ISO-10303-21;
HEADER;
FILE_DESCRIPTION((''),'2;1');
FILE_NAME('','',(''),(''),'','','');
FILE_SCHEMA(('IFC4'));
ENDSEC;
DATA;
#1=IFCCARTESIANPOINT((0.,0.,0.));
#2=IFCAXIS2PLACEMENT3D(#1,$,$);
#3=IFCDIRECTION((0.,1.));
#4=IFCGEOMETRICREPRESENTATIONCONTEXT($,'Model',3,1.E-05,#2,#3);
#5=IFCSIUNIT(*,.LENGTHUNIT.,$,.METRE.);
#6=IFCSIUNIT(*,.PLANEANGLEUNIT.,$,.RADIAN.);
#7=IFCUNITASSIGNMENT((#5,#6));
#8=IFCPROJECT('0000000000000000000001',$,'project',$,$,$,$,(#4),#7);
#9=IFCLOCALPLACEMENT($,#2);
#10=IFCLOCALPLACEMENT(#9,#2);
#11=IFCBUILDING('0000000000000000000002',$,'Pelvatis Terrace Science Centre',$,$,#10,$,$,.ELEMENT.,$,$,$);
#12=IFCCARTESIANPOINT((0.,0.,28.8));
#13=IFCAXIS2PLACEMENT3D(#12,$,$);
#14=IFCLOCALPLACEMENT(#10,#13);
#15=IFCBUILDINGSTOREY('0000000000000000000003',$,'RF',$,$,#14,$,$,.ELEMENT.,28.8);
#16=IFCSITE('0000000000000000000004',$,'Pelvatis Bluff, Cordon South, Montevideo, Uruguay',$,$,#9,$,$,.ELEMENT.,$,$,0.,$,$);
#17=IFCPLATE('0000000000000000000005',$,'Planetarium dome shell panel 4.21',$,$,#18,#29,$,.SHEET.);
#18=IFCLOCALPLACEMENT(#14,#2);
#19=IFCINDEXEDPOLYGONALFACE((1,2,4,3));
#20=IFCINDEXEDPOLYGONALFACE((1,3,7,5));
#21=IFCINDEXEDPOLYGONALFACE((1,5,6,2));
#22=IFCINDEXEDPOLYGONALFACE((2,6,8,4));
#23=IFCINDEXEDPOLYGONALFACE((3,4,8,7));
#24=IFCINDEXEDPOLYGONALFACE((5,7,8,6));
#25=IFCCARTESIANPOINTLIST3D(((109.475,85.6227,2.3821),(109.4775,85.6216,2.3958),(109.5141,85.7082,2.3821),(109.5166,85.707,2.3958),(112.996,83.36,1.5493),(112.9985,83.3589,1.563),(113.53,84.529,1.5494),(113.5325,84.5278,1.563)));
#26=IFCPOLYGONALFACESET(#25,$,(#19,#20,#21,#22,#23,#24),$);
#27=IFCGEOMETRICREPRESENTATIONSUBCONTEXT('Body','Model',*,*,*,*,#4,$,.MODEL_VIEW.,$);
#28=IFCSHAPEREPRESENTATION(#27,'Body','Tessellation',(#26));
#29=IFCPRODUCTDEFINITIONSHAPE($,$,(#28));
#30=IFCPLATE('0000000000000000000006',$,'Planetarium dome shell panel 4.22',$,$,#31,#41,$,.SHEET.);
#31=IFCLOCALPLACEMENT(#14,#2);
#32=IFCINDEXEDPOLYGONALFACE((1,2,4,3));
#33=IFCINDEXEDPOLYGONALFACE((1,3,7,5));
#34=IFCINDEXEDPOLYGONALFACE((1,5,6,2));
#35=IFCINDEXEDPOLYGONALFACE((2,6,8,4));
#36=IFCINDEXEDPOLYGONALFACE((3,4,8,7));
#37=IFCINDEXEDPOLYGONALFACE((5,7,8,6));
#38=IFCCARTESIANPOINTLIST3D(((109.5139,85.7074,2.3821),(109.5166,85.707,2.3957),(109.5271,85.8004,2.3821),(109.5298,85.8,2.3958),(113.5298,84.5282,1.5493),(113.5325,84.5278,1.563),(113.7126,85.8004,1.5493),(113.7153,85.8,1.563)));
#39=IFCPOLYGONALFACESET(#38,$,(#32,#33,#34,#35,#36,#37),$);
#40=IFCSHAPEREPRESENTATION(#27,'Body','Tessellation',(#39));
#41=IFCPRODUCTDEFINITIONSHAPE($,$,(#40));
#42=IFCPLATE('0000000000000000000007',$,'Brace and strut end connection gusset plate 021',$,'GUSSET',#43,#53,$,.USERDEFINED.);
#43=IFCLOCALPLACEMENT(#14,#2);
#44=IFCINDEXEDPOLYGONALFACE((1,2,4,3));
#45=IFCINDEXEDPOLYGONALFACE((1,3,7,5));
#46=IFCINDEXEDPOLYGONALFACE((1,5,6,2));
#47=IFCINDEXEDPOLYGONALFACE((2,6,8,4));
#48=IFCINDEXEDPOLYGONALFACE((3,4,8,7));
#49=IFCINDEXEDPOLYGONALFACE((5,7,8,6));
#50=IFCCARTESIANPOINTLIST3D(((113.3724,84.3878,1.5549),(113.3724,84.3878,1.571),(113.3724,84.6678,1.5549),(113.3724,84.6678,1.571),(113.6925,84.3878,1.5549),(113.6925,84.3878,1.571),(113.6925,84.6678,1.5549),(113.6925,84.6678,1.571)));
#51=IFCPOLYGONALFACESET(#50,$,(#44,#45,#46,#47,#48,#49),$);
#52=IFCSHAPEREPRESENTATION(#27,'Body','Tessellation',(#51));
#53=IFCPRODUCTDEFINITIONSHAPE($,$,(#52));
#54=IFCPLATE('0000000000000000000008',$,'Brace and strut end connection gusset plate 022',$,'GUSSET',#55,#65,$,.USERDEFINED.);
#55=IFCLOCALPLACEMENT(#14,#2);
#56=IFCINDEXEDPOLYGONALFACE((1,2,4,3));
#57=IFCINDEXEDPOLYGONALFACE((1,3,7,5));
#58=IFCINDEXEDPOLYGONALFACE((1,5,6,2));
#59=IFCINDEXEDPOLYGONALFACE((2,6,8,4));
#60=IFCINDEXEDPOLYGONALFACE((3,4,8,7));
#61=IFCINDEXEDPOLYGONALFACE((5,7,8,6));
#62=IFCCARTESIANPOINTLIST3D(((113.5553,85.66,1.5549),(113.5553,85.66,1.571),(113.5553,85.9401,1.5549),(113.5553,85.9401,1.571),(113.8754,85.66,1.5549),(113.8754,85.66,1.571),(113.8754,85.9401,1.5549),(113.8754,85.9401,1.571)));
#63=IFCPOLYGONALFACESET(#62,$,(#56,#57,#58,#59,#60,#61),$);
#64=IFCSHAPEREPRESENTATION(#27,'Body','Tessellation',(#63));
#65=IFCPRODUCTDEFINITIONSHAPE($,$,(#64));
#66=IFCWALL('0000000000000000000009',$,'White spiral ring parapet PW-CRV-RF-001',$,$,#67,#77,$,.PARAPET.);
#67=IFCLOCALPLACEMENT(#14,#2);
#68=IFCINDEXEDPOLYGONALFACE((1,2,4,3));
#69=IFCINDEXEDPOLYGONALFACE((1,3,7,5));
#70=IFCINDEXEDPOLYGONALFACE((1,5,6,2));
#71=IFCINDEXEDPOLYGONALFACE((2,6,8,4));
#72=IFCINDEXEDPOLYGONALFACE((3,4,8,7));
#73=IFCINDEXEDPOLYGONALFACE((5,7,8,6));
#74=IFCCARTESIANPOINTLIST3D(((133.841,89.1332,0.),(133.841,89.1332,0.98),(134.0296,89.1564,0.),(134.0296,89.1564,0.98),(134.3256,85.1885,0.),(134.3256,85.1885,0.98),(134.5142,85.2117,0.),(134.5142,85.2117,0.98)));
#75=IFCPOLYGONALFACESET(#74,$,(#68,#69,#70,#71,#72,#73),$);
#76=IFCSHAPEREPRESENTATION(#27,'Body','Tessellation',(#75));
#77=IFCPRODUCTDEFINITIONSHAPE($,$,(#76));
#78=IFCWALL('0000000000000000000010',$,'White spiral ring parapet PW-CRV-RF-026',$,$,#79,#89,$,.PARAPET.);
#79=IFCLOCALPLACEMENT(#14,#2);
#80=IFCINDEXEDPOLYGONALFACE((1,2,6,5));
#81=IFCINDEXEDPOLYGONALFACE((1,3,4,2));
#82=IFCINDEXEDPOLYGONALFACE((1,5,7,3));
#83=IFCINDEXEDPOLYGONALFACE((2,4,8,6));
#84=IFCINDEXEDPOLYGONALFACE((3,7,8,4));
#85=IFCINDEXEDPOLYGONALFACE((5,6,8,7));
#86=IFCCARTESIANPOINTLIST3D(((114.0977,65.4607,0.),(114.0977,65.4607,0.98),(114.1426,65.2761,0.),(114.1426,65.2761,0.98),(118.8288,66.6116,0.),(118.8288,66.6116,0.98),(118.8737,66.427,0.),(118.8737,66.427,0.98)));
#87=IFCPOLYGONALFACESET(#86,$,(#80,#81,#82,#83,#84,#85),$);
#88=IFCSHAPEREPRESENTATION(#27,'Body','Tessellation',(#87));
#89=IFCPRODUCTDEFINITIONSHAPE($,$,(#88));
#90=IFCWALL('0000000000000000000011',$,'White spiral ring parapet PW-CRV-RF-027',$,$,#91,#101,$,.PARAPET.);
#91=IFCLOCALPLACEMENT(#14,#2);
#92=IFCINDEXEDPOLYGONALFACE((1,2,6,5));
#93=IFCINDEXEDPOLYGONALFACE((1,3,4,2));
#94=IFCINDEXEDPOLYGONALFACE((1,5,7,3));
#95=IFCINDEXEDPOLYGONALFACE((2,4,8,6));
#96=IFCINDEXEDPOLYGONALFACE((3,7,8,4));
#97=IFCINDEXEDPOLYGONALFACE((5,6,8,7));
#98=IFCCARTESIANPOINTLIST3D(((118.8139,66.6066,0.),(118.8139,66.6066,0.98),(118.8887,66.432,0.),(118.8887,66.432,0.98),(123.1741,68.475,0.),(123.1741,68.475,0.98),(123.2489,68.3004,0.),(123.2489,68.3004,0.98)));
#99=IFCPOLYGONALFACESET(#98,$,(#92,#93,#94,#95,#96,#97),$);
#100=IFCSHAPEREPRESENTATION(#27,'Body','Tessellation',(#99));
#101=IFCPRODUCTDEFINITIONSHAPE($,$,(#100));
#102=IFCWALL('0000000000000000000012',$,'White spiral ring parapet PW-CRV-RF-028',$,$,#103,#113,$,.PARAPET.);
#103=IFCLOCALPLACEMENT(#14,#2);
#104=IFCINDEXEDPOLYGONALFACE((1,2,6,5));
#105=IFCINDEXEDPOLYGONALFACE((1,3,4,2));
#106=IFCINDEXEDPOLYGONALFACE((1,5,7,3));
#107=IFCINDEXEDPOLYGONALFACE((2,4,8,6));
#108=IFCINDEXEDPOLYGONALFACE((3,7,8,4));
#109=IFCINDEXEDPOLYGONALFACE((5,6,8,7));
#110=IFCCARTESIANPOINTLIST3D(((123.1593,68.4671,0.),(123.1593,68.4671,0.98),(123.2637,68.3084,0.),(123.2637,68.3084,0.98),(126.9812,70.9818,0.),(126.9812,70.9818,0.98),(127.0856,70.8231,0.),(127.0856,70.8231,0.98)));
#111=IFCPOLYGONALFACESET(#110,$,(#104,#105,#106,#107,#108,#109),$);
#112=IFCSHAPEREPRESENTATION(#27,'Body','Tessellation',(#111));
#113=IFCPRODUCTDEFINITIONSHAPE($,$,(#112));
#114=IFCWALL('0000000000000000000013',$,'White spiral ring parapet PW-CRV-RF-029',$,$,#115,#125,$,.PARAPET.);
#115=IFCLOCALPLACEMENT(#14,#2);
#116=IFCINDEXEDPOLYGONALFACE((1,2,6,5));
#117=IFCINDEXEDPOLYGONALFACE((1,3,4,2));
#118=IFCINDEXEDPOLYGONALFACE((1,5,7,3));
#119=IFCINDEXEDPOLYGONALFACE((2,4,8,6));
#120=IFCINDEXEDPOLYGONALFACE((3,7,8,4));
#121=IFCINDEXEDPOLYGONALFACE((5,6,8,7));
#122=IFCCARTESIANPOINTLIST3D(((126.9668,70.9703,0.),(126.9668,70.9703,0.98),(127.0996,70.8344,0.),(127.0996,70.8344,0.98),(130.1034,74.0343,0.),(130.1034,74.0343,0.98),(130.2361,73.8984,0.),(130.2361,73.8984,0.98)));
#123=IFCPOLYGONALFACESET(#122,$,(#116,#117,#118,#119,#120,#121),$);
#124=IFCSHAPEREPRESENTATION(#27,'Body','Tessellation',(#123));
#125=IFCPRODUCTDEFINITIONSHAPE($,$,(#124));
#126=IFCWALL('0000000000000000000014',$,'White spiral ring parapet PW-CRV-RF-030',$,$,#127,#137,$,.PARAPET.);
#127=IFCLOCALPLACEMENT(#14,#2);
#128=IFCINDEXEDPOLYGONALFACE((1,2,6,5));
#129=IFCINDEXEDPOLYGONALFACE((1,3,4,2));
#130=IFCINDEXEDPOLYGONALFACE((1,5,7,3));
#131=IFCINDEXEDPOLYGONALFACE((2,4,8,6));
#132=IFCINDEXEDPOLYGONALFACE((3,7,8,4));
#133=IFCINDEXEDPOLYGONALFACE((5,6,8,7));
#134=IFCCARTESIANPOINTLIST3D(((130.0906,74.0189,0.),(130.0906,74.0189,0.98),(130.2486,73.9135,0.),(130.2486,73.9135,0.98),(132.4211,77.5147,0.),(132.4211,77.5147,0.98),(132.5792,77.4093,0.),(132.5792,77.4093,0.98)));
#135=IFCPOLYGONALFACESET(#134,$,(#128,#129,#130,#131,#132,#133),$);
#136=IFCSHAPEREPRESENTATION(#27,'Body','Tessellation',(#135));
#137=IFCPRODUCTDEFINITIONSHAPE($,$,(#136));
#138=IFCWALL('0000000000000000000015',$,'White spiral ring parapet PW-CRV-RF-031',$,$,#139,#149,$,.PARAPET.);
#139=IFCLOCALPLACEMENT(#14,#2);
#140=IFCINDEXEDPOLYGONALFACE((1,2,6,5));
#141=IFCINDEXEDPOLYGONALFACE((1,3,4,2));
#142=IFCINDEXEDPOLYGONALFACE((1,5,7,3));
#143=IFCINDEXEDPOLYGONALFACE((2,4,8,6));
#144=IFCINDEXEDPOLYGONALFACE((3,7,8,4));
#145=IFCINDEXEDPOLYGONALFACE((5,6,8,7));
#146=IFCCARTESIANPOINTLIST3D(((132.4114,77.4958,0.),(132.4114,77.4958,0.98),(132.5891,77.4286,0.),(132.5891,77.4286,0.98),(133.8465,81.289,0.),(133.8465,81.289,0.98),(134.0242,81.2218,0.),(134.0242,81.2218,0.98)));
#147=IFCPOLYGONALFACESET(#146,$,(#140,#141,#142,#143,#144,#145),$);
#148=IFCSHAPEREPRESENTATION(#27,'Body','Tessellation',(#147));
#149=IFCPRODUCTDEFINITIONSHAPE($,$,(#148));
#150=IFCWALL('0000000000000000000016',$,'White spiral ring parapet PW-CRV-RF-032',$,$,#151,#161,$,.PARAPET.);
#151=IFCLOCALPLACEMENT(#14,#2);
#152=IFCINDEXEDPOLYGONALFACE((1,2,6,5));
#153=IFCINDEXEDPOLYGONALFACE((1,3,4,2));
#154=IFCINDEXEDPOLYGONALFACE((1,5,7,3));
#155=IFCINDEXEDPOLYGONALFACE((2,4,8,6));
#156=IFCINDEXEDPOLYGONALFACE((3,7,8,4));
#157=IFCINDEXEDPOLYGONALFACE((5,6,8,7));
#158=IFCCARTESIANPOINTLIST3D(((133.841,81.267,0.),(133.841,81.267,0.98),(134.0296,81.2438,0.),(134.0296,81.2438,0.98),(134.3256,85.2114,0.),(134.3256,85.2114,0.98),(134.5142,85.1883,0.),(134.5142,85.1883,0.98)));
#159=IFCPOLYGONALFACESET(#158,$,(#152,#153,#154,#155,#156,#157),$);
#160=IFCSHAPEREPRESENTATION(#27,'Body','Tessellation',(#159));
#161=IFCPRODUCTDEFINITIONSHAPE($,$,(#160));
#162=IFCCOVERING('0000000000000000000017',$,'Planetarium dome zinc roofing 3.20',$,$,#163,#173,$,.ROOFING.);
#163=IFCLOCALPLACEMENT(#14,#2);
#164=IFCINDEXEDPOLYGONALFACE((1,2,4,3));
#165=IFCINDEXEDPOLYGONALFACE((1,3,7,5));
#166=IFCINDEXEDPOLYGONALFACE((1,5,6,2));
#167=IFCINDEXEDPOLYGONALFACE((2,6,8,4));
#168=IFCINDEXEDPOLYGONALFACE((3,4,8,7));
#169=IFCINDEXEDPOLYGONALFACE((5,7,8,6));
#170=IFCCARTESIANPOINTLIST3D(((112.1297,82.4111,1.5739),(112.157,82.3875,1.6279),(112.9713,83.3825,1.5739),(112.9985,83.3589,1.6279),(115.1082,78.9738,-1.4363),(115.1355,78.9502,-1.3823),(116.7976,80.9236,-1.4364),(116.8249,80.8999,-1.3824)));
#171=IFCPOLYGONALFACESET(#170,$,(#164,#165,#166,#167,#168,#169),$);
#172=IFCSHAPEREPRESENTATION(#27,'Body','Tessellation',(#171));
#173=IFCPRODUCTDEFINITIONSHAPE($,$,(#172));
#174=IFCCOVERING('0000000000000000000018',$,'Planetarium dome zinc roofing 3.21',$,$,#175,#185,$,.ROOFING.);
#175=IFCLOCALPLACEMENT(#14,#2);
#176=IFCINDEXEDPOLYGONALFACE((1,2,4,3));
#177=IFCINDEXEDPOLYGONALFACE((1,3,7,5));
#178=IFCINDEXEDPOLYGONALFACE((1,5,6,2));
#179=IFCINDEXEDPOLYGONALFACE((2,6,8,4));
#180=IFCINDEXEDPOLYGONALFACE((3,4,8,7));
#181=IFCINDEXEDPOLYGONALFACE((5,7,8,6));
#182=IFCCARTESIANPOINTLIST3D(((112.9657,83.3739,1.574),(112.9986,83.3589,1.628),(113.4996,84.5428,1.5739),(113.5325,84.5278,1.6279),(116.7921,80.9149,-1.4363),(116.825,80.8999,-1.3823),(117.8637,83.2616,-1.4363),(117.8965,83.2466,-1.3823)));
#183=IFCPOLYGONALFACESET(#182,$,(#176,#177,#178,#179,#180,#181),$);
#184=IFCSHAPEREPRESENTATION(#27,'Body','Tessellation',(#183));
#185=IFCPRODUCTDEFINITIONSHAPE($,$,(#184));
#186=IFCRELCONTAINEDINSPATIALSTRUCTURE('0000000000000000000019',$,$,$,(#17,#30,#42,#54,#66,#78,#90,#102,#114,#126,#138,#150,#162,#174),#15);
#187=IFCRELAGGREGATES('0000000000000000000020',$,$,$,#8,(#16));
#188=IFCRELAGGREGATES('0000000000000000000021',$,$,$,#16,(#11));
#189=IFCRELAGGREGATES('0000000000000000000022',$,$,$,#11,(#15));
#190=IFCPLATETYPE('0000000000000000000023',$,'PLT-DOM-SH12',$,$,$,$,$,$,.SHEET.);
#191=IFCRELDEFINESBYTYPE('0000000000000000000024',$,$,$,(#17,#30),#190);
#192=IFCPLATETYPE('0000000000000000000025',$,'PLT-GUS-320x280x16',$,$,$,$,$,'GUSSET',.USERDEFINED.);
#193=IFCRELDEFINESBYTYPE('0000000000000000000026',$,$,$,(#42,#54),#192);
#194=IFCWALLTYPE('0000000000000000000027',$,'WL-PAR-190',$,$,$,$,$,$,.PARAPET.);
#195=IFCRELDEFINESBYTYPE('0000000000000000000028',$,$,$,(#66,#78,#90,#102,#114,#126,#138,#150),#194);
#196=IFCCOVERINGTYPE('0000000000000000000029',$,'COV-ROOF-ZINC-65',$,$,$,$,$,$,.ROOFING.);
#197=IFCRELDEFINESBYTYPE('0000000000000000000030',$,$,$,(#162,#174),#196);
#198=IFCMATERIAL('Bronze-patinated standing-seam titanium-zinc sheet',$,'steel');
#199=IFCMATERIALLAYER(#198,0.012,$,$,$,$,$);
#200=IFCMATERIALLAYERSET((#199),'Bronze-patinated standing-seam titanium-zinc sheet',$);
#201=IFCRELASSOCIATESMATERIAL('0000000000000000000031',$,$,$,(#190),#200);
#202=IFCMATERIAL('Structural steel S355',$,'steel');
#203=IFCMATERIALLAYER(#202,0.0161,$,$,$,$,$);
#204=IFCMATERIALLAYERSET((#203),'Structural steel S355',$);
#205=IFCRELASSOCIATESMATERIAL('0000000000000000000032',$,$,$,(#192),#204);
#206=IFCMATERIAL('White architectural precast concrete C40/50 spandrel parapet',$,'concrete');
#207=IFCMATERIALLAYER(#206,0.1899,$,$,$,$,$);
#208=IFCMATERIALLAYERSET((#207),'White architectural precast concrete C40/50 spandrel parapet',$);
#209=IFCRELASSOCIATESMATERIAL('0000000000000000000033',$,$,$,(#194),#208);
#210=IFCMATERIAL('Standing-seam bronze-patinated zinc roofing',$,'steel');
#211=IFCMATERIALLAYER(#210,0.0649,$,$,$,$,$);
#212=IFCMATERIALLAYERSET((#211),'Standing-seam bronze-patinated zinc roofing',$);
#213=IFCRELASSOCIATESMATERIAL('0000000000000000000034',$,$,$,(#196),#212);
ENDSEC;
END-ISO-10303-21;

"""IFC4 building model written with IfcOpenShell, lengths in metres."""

from ifc_helpers import new_model, si_unit, direction, frame, frame_2d, origin, origin_2d, place, context, subcontext, project, spatial, polyline, rectangle, outline, extrude, material, layer, layer_set, type_object, element, save


model = new_model("IFC4")

# Units and contexts
model_context = context("Model", 3, precision=1e-05, world=origin(), true_north=direction((0.0, 1.0)))
body_context = subcontext(model_context, "Body", "Model", "MODEL_VIEW")
ifc_project = project(units=[si_unit("LENGTHUNIT", "METRE"), si_unit("PLANEANGLEUNIT", "RADIAN")], contexts=[model_context])

# Site, building, storey
site_placement = place(None, origin())
site = spatial("IfcSite", under=ifc_project, at=site_placement, Name="Pelvatis Bluff, Cordon South, Montevideo, Uruguay", CompositionType="ELEMENT", RefElevation=0.0)
building_placement = place(site_placement, origin())
building = spatial("IfcBuilding", under=site, at=building_placement, Name="Pelvatis Terrace Science Centre", CompositionType="ELEMENT")
storey_placement = place(building_placement, frame((0.0, 0.0, 28.8)))
storey = spatial("IfcBuildingStorey", under=building, at=storey_placement, Name="RF", CompositionType="ELEMENT", Elevation=28.8)

# Plates
ifc_material_1 = material(Name="Bronze-patinated standing-seam titanium-zinc sheet", Category="steel")
ifc_layer_1 = layer(ifc_material_1, 0.012)
ifc_layer_set_1 = layer_set([ifc_layer_1], Name="Bronze-patinated standing-seam titanium-zinc sheet")
plate_type_1 = type_object("IfcPlateType", Name="PLT-DOM-SH12", PredefinedType="SHEET", material=ifc_layer_set_1)
plate_1_placement = place(storey_placement, frame((112.9985, 83.3589, 1.563), z_axis=(0.179256, -0.081883, 0.980389), x_axis=(0.415478, 0.909603, 0.000004)))
element("IfcPlate", 1, at=plate_1_placement, inside=storey, type_object=plate_type_1, Name="Planetarium dome shell panel 4.21", PredefinedType="SHEET", context=body_context, shape_type="SweptSolid", body=[
    extrude(outline(polyline([(0.0, 0.0), (1.2851, 0.0), (0.6892, 4.2257), (0.5953, 4.2257), (0.0, 0.0)])), origin(), (0.0, 0.0, -1.0), 0.0139),
])
plate_2_placement = place(storey_placement, frame((113.5325, 84.5278, 1.563), z_axis=(0.195068, -0.028011, 0.98039), x_axis=(0.142267, 0.989828, -0.000026)))
element("IfcPlate", 2, at=plate_2_placement, inside=storey, type_object=plate_type_1, Name="Planetarium dome shell panel 4.22", PredefinedType="SHEET", context=body_context, shape_type="SweptSolid", body=[
    extrude(outline(polyline([(0.0, 0.0), (1.2853, 0.0), (0.6898, 4.2258), (0.5959, 4.2257), (0.0, 0.0)])), origin(), (0.0, 0.0, -1.0), 0.0139),
])
ifc_material_2 = material(Name="Structural steel S355", Category="steel")
ifc_layer_2 = layer(ifc_material_2, 0.0161)
ifc_layer_set_2 = layer_set([ifc_layer_2], Name="Structural steel S355")
plate_type_2 = type_object("IfcPlateType", Name="PLT-GUS-320x280x16", ElementType="GUSSET", PredefinedType="USERDEFINED", material=ifc_layer_set_2)
for number, where, z_axis, x_axis, name in (
    (3, (113.5325, 84.5278, 1.5549), (0.0, 0.0, 1.0), (1.0, 0.0, 0.0), "Brace and strut end connection gusset plate 021"),
    (4, (113.7153, 85.8, 1.5549), (0.0, 0.0, 1.0), (1.0, 0.0, 0.0), "Brace and strut end connection gusset plate 022"),
):
    element("IfcPlate", number, at=place(storey_placement, frame(where, z_axis=z_axis, x_axis=x_axis)), inside=storey, type_object=plate_type_2, Name=name, ObjectType="GUSSET", PredefinedType="USERDEFINED", context=body_context, shape_type="SweptSolid", body=[
        extrude(rectangle(XDim=0.3201, YDim=0.28, at=origin_2d()), origin(), (0.0, 0.0, 1.0), 0.0161),
    ])

# Walls
ifc_material_3 = material(Name="White architectural precast concrete C40/50 spandrel parapet", Category="concrete")
ifc_layer_3 = layer(ifc_material_3, 0.1899)
ifc_layer_set_3 = layer_set([ifc_layer_3], Name="White architectural precast concrete C40/50 spandrel parapet")
wall_type = type_object("IfcWallType", Name="WL-PAR-190", PredefinedType="PARAPET", material=ifc_layer_set_3)
wall_1_placement = place(storey_placement, frame((134.4199, 85.2, 0.0), z_axis=(0.0, 0.0, 1.0), x_axis=(-0.121933, 0.992538, 0.0)))
element("IfcWall", 5, at=wall_1_placement, inside=storey, type_object=wall_type, Name="White spiral ring parapet PW-CRV-RF-001", PredefinedType="PARAPET", context=body_context, shape_type="SweptSolid", body=[
    extrude(rectangle(XDim=3.9744, YDim=0.1899, at=frame_2d((1.9873, 0.0))), origin(), (0.0, 0.0, 1.0), 0.98),
])
wall_2_placement = place(storey_placement, frame((114.1201, 65.3684, 0.0), z_axis=(0.0, 0.0, 1.0), x_axis=(0.971665, 0.236361, 0.0)))
element("IfcWall", 6, at=wall_2_placement, inside=storey, type_object=wall_type, Name="White spiral ring parapet PW-CRV-RF-026", PredefinedType="PARAPET", context=body_context, shape_type="SweptSolid", body=[
    extrude(rectangle(XDim=4.8691, YDim=0.1899, at=frame_2d((2.4346, 0.0))), origin(), (0.0, 0.0, 1.0), 0.98),
])
wall_3_placement = place(storey_placement, frame((118.8513, 66.5193, 0.0), z_axis=(0.0, 0.0, 1.0), x_axis=(0.919161, 0.393882, 0.0)))
element("IfcWall", 7, at=wall_3_placement, inside=storey, type_object=wall_type, Name="White spiral ring parapet PW-CRV-RF-027", PredefinedType="PARAPET", context=body_context, shape_type="SweptSolid", body=[
    extrude(rectangle(XDim=4.7437, YDim=0.1899, at=frame_2d((2.3718, 0.0))), origin(), (0.0, 0.0, 1.0), 0.98),
])
wall_4_placement = place(storey_placement, frame((123.2114, 68.3877, 0.0), z_axis=(0.0, 0.0, 1.0), x_axis=(0.835385, 0.549666, 0.0)))
element("IfcWall", 8, at=wall_4_placement, inside=storey, type_object=wall_type, Name="White spiral ring parapet PW-CRV-RF-028", PredefinedType="PARAPET", context=body_context, shape_type="SweptSolid", body=[
    extrude(rectangle(XDim=4.575, YDim=0.1899, at=frame_2d((2.2876, 0.0))), origin(), (0.0, 0.0, 1.0), 0.98),
])
wall_5_placement = place(storey_placement, frame((127.0332, 70.9023, 0.0), z_axis=(0.0, 0.0, 1.0), x_axis=(0.715327, 0.69879, 0.0)))
element("IfcWall", 9, at=wall_5_placement, inside=storey, type_object=wall_type, Name="White spiral ring parapet PW-CRV-RF-029", PredefinedType="PARAPET", context=body_context, shape_type="SweptSolid", body=[
    extrude(rectangle(XDim=4.3848, YDim=0.1899, at=frame_2d((2.1924, 0.0))), origin(), (0.0, 0.0, 1.0), 0.98),
])
wall_6_placement = place(storey_placement, frame((130.1697, 73.9663, 0.0), z_axis=(0.0, 0.0, 1.0), x_axis=(0.5547, 0.83205, 0.0)))
element("IfcWall", 10, at=wall_6_placement, inside=storey, type_object=wall_type, Name="White spiral ring parapet PW-CRV-RF-030", PredefinedType="PARAPET", context=body_context, shape_type="SweptSolid", body=[
    extrude(rectangle(XDim=4.2014, YDim=0.1899, at=frame_2d((2.1006, 0.0))), origin(), (0.0, 0.0, 1.0), 0.98),
])
wall_7_placement = place(storey_placement, frame((132.5002, 77.4622, 0.0), z_axis=(0.0, 0.0, 1.0), x_axis=(0.353847, 0.935303, 0.0)))
element("IfcWall", 11, at=wall_7_placement, inside=storey, type_object=wall_type, Name="White spiral ring parapet PW-CRV-RF-031", PredefinedType="PARAPET", context=body_context, shape_type="SweptSolid", body=[
    extrude(rectangle(XDim=4.0557, YDim=0.1899, at=frame_2d((2.0278, 0.0))), origin(), (0.0, 0.0, 1.0), 0.98),
])
wall_8_placement = place(storey_placement, frame((133.9353, 81.2554, 0.0), z_axis=(0.0, 0.0, 1.0), x_axis=(0.12194, 0.992537, 0.0)))
element("IfcWall", 12, at=wall_8_placement, inside=storey, type_object=wall_type, Name="White spiral ring parapet PW-CRV-RF-032", PredefinedType="PARAPET", context=body_context, shape_type="SweptSolid", body=[
    extrude(rectangle(XDim=3.9741, YDim=0.1899, at=frame_2d((1.9871, 0.0))), origin(), (0.0, 0.0, 1.0), 0.98),
])

# Coverings
ifc_material_4 = material(Name="Standing-seam bronze-patinated zinc roofing", Category="steel")
ifc_layer_4 = layer(ifc_material_4, 0.0649)
ifc_layer_set_4 = layer_set([ifc_layer_4], Name="Standing-seam bronze-patinated zinc roofing")
covering_type = type_object("IfcCoveringType", Name="COV-ROOF-ZINC-65", PredefinedType="ROOFING", material=ifc_layer_set_4)
covering_1_placement = place(storey_placement, frame((115.1355, 78.9502, -1.3823), z_axis=(0.420087, -0.363982, 0.83129), x_axis=(0.654856, 0.755754, -0.000019)))
element("IfcCovering", 13, at=covering_1_placement, inside=storey, type_object=covering_type, Name="Planetarium dome zinc roofing 3.20", PredefinedType="ROOFING", context=body_context, shape_type="SweptSolid", body=[
    extrude(outline(polyline([(0.0, 0.0), (2.5798, 0.0), (1.9324, 5.4158), (0.6472, 5.4156), (0.0, 0.0)])), origin(), (0.0, 0.0, -1.0), 0.0649),
])
covering_2_placement = place(storey_placement, frame((116.825, 80.8999, -1.3823), z_axis=(0.505612, -0.230896, 0.83129), x_axis=(0.415375, 0.90965, 0.000019)))
element("IfcCovering", 14, at=covering_2_placement, inside=storey, type_object=covering_type, Name="Planetarium dome zinc roofing 3.21", PredefinedType="ROOFING", context=body_context, shape_type="SweptSolid", body=[
    extrude(outline(polyline([(0.0, 0.0), (2.5797, 0.0), (1.9326, 5.4156), (0.6475, 5.4158), (0.0, 0.0)])), origin(), (0.0, 0.0, -1.0), 0.0649),
])

save(model, "model.ifc")
